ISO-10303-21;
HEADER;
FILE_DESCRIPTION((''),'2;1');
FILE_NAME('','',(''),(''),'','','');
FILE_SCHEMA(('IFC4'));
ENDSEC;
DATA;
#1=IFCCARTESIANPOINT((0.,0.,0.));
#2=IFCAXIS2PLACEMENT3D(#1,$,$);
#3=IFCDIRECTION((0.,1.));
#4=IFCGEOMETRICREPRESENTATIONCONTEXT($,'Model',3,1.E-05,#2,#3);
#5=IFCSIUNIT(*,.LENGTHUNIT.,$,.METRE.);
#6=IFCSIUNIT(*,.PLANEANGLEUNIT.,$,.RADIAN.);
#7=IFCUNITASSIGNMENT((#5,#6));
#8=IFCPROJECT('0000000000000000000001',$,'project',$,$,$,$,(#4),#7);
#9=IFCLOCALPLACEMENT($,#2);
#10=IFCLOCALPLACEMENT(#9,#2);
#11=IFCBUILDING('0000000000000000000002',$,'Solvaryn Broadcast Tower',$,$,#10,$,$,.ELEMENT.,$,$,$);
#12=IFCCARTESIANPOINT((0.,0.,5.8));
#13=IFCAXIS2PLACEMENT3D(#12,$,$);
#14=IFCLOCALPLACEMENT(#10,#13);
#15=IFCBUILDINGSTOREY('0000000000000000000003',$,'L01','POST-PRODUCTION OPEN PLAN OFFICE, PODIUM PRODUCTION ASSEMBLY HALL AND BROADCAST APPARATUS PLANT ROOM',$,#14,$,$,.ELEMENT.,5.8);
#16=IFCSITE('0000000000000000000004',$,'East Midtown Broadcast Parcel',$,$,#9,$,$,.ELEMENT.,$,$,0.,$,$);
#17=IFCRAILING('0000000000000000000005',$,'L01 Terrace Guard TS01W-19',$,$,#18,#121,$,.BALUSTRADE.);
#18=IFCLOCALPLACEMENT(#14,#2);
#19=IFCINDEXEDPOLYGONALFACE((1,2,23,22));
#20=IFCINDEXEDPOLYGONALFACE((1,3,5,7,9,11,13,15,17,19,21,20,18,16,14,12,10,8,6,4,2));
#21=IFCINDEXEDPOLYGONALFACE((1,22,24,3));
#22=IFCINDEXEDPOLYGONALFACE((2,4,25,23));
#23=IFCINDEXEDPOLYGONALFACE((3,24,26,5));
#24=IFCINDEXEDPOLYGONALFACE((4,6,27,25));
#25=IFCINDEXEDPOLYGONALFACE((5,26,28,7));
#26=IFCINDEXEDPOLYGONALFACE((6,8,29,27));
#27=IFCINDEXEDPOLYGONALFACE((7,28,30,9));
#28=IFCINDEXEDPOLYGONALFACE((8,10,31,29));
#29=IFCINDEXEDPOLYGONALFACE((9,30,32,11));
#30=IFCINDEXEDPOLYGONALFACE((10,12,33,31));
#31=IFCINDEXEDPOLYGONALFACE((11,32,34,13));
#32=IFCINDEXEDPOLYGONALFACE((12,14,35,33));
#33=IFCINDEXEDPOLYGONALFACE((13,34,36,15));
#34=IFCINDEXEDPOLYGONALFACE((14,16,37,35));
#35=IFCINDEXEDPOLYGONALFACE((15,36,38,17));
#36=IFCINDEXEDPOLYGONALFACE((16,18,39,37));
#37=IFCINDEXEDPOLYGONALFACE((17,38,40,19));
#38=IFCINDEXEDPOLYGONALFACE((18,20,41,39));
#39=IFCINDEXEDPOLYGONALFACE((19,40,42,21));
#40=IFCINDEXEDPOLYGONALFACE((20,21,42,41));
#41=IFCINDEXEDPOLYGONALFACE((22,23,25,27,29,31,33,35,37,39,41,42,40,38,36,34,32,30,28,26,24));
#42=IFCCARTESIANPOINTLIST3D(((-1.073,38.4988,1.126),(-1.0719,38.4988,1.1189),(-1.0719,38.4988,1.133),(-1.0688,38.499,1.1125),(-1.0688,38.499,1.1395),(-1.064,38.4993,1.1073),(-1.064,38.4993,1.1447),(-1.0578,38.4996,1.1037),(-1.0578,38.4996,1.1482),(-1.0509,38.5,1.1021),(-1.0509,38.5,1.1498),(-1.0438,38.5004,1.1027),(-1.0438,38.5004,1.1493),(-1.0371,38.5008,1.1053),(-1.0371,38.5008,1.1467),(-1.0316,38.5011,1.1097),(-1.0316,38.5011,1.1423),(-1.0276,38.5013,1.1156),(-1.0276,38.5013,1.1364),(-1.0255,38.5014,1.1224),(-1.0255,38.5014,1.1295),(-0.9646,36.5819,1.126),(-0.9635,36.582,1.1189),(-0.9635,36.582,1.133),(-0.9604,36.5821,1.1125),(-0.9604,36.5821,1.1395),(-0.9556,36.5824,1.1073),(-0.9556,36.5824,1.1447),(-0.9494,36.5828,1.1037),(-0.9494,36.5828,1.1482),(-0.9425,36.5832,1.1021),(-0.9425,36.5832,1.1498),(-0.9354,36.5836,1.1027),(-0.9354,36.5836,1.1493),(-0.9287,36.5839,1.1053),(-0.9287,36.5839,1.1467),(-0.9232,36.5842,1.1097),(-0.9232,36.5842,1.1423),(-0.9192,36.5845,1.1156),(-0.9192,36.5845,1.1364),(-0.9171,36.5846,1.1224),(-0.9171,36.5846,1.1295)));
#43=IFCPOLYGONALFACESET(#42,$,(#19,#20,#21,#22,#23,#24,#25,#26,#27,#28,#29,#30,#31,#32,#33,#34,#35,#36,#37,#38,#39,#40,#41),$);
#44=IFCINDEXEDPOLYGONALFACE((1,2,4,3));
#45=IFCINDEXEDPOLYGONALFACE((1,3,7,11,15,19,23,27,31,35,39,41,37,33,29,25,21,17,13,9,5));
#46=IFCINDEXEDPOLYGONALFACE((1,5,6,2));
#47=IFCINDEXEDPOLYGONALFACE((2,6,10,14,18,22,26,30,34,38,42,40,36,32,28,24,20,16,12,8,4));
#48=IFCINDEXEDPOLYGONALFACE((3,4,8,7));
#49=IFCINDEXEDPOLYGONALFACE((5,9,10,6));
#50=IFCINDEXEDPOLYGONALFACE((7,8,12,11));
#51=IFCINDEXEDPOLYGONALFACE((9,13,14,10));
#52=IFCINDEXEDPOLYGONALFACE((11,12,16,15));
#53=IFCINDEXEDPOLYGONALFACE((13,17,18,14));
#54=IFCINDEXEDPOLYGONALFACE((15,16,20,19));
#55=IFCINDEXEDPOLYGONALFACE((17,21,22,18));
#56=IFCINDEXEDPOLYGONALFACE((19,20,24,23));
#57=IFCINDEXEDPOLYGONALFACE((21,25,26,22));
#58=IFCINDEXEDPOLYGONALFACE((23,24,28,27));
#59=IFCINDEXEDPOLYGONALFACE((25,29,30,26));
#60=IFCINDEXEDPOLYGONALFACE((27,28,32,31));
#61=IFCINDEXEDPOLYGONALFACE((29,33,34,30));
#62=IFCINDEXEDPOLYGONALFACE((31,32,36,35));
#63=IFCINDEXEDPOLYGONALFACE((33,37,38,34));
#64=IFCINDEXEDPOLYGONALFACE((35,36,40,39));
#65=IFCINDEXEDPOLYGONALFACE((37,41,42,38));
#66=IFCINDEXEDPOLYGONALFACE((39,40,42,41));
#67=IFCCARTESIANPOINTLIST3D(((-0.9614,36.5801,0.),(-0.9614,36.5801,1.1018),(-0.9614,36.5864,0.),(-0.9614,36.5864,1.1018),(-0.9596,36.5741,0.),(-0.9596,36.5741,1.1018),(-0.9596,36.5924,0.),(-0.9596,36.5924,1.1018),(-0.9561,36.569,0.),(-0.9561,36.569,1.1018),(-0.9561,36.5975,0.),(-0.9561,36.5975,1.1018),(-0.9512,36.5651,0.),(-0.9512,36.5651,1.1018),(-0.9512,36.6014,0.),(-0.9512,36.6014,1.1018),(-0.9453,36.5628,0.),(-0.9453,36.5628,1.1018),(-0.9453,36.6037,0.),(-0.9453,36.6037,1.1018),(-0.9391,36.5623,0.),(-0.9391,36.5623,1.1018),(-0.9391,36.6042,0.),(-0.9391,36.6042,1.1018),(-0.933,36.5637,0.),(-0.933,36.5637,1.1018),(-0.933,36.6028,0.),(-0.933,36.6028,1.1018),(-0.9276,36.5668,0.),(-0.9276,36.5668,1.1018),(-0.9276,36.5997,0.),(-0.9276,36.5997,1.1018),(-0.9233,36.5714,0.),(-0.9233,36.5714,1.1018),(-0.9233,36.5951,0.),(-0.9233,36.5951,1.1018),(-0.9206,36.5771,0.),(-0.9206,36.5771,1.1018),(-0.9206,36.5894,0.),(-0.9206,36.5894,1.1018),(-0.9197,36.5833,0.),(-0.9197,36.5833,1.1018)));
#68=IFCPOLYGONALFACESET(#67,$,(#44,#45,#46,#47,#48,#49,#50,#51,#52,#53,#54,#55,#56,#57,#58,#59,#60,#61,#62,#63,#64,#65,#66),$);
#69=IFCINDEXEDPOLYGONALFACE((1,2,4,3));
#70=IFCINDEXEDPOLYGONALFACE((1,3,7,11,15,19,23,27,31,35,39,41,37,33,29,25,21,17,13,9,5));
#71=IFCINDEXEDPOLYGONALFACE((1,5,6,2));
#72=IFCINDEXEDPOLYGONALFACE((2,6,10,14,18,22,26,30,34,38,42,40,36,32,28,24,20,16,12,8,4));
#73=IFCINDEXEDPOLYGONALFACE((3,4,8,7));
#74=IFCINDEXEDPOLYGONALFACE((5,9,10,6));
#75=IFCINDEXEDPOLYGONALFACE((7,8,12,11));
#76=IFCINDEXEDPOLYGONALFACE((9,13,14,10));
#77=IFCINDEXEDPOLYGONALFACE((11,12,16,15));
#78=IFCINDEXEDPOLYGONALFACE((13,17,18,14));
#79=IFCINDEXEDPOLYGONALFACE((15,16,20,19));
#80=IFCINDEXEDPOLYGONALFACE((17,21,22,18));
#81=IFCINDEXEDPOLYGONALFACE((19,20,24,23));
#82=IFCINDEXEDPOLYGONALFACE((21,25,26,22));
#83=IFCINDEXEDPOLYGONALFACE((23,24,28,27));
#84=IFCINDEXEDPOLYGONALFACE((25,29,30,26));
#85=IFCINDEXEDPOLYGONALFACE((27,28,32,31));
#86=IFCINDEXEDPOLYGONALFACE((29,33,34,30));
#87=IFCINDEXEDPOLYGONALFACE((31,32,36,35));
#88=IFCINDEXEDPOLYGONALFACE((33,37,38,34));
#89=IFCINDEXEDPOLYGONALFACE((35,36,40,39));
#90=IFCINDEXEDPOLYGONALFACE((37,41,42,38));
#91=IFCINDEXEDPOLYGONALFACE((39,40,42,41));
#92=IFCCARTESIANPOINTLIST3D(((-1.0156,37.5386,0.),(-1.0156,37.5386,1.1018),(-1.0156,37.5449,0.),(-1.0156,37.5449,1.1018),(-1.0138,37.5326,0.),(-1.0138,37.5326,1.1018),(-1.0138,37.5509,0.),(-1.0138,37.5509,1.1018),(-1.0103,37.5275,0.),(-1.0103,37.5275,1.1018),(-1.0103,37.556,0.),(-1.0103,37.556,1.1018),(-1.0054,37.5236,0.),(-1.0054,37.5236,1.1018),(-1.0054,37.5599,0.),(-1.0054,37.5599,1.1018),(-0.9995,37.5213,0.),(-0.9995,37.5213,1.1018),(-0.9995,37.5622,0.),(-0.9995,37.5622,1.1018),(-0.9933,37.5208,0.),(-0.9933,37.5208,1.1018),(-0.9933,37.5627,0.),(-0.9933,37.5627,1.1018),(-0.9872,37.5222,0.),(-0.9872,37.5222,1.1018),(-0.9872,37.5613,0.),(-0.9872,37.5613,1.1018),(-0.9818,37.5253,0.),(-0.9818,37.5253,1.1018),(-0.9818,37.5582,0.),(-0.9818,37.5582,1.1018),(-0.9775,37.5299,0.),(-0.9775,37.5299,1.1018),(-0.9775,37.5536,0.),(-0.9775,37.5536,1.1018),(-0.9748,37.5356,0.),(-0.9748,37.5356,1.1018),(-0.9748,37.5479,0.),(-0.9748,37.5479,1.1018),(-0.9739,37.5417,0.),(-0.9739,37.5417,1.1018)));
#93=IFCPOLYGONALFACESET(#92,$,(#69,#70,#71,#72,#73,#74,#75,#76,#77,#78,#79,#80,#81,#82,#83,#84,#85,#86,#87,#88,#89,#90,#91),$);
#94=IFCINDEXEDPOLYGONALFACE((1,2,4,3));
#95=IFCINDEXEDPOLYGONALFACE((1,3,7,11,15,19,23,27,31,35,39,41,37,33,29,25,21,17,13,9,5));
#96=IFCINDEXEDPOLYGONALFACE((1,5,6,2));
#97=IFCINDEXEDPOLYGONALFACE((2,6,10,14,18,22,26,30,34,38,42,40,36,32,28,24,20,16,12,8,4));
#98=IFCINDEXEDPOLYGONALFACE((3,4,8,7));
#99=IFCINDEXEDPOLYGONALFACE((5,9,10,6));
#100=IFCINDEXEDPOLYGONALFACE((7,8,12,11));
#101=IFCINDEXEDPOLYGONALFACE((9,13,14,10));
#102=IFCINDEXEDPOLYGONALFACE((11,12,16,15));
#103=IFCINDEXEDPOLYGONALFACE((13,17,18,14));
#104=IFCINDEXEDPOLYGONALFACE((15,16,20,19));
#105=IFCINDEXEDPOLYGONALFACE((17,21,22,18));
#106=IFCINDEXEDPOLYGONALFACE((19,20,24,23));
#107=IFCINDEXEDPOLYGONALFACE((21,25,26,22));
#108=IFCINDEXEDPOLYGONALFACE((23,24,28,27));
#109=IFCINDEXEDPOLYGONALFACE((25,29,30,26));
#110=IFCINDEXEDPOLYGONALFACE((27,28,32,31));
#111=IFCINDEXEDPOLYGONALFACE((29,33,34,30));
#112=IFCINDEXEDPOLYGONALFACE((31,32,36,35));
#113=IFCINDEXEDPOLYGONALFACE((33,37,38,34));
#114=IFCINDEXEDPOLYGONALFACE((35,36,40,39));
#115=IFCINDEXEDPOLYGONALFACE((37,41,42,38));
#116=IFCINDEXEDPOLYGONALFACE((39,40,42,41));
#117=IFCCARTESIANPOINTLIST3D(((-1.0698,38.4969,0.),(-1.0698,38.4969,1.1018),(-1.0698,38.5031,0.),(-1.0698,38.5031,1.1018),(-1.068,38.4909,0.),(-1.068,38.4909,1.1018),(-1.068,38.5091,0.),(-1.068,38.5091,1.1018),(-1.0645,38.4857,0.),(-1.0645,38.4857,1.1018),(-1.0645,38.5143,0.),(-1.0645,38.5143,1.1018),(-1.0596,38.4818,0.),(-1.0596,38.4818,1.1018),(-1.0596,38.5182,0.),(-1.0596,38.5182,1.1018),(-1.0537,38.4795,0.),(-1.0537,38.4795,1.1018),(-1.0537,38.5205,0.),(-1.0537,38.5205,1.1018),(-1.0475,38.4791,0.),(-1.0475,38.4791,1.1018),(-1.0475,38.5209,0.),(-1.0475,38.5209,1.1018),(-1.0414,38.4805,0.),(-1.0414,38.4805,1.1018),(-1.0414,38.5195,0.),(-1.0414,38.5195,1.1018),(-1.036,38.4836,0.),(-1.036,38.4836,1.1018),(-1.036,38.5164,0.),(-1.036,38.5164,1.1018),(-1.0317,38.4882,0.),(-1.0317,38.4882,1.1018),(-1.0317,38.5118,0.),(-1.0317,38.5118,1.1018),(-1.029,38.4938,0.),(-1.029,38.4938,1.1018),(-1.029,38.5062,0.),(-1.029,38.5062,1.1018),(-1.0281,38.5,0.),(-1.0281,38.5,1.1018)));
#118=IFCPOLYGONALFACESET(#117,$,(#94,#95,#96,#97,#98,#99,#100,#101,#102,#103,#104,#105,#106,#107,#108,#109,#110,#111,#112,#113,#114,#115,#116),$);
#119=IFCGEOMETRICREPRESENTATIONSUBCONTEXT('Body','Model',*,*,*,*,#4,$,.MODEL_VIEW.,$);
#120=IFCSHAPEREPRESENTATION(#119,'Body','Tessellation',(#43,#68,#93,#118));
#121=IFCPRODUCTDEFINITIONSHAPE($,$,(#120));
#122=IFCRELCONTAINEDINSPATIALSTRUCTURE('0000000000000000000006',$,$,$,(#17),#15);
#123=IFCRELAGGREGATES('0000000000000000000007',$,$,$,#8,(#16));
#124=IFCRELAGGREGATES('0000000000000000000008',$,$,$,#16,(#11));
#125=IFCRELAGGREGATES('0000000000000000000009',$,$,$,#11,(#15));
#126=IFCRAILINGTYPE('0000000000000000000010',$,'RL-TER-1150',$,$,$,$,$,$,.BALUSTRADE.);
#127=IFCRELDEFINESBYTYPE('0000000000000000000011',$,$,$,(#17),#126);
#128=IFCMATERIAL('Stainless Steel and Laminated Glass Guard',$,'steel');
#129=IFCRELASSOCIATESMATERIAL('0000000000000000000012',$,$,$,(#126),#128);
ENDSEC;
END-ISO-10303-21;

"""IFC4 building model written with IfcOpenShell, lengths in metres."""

from ifc_helpers import new_model, si_unit, direction, frame, origin, origin_2d, place, context, subcontext, project, spatial, circle, extrude, material, type_object, element, save


model = new_model("IFC4")

# Units and contexts
model_context = context("Model", 3, precision=1e-05, world=origin(), true_north=direction((0.0, 1.0)))
body_context = subcontext(model_context, "Body", "Model", "MODEL_VIEW")
ifc_project = project(units=[si_unit("LENGTHUNIT", "METRE"), si_unit("PLANEANGLEUNIT", "RADIAN")], contexts=[model_context])

# Site, building, storey
site_placement = place(None, origin())
site = spatial("IfcSite", under=ifc_project, at=site_placement, Name="East Midtown Broadcast Parcel", CompositionType="ELEMENT", RefElevation=0.0)
building_placement = place(site_placement, origin())
building = spatial("IfcBuilding", under=site, at=building_placement, Name="Solvaryn Broadcast Tower", CompositionType="ELEMENT")
storey_placement = place(building_placement, frame((0.0, 0.0, 5.8)))
storey = spatial("IfcBuildingStorey", under=building, at=storey_placement, Name="L01", Description="POST-PRODUCTION OPEN PLAN OFFICE, PODIUM PRODUCTION ASSEMBLY HALL AND BROADCAST APPARATUS PLANT ROOM", CompositionType="ELEMENT", Elevation=5.8)

# Railing
ifc_material_1 = material(Name="Stainless Steel and Laminated Glass Guard", Category="steel")
railing_type_1 = type_object("IfcRailingType", Name="RL-TER-1150", PredefinedType="BALUSTRADE", material=ifc_material_1)
railing_1_placement = place(storey_placement, frame((-0.9407, 36.5833, 0.0)))
element("IfcRailing", 1, at=railing_1_placement, inside=storey, type_object=railing_type_1, Name="L01 Terrace Guard TS01W-19", PredefinedType="BALUSTRADE", context=body_context, shape_type="SweptSolid", body=[
    extrude(circle(Radius=0.0239, at=origin_2d()), frame((0.0, 0.0, 1.126), z_axis=(-0.056463, 0.998405, 0.0), x_axis=(-0.998405, -0.056463, 0.0)), (0.0, 0.0, 1.0), 1.9199),
    extrude(circle(Radius=0.021, at=origin_2d()), origin(), (0.0, 0.0, 1.0), 1.1018),
    extrude(circle(Radius=0.021, at=origin_2d()), frame((-0.0542, 0.9585, 0.0)), (0.0, 0.0, 1.0), 1.1018),
    extrude(circle(Radius=0.021, at=origin_2d()), frame((-0.1084, 1.9167, 0.0)), (0.0, 0.0, 1.0), 1.1018),
])

save(model, "model.ifc")
